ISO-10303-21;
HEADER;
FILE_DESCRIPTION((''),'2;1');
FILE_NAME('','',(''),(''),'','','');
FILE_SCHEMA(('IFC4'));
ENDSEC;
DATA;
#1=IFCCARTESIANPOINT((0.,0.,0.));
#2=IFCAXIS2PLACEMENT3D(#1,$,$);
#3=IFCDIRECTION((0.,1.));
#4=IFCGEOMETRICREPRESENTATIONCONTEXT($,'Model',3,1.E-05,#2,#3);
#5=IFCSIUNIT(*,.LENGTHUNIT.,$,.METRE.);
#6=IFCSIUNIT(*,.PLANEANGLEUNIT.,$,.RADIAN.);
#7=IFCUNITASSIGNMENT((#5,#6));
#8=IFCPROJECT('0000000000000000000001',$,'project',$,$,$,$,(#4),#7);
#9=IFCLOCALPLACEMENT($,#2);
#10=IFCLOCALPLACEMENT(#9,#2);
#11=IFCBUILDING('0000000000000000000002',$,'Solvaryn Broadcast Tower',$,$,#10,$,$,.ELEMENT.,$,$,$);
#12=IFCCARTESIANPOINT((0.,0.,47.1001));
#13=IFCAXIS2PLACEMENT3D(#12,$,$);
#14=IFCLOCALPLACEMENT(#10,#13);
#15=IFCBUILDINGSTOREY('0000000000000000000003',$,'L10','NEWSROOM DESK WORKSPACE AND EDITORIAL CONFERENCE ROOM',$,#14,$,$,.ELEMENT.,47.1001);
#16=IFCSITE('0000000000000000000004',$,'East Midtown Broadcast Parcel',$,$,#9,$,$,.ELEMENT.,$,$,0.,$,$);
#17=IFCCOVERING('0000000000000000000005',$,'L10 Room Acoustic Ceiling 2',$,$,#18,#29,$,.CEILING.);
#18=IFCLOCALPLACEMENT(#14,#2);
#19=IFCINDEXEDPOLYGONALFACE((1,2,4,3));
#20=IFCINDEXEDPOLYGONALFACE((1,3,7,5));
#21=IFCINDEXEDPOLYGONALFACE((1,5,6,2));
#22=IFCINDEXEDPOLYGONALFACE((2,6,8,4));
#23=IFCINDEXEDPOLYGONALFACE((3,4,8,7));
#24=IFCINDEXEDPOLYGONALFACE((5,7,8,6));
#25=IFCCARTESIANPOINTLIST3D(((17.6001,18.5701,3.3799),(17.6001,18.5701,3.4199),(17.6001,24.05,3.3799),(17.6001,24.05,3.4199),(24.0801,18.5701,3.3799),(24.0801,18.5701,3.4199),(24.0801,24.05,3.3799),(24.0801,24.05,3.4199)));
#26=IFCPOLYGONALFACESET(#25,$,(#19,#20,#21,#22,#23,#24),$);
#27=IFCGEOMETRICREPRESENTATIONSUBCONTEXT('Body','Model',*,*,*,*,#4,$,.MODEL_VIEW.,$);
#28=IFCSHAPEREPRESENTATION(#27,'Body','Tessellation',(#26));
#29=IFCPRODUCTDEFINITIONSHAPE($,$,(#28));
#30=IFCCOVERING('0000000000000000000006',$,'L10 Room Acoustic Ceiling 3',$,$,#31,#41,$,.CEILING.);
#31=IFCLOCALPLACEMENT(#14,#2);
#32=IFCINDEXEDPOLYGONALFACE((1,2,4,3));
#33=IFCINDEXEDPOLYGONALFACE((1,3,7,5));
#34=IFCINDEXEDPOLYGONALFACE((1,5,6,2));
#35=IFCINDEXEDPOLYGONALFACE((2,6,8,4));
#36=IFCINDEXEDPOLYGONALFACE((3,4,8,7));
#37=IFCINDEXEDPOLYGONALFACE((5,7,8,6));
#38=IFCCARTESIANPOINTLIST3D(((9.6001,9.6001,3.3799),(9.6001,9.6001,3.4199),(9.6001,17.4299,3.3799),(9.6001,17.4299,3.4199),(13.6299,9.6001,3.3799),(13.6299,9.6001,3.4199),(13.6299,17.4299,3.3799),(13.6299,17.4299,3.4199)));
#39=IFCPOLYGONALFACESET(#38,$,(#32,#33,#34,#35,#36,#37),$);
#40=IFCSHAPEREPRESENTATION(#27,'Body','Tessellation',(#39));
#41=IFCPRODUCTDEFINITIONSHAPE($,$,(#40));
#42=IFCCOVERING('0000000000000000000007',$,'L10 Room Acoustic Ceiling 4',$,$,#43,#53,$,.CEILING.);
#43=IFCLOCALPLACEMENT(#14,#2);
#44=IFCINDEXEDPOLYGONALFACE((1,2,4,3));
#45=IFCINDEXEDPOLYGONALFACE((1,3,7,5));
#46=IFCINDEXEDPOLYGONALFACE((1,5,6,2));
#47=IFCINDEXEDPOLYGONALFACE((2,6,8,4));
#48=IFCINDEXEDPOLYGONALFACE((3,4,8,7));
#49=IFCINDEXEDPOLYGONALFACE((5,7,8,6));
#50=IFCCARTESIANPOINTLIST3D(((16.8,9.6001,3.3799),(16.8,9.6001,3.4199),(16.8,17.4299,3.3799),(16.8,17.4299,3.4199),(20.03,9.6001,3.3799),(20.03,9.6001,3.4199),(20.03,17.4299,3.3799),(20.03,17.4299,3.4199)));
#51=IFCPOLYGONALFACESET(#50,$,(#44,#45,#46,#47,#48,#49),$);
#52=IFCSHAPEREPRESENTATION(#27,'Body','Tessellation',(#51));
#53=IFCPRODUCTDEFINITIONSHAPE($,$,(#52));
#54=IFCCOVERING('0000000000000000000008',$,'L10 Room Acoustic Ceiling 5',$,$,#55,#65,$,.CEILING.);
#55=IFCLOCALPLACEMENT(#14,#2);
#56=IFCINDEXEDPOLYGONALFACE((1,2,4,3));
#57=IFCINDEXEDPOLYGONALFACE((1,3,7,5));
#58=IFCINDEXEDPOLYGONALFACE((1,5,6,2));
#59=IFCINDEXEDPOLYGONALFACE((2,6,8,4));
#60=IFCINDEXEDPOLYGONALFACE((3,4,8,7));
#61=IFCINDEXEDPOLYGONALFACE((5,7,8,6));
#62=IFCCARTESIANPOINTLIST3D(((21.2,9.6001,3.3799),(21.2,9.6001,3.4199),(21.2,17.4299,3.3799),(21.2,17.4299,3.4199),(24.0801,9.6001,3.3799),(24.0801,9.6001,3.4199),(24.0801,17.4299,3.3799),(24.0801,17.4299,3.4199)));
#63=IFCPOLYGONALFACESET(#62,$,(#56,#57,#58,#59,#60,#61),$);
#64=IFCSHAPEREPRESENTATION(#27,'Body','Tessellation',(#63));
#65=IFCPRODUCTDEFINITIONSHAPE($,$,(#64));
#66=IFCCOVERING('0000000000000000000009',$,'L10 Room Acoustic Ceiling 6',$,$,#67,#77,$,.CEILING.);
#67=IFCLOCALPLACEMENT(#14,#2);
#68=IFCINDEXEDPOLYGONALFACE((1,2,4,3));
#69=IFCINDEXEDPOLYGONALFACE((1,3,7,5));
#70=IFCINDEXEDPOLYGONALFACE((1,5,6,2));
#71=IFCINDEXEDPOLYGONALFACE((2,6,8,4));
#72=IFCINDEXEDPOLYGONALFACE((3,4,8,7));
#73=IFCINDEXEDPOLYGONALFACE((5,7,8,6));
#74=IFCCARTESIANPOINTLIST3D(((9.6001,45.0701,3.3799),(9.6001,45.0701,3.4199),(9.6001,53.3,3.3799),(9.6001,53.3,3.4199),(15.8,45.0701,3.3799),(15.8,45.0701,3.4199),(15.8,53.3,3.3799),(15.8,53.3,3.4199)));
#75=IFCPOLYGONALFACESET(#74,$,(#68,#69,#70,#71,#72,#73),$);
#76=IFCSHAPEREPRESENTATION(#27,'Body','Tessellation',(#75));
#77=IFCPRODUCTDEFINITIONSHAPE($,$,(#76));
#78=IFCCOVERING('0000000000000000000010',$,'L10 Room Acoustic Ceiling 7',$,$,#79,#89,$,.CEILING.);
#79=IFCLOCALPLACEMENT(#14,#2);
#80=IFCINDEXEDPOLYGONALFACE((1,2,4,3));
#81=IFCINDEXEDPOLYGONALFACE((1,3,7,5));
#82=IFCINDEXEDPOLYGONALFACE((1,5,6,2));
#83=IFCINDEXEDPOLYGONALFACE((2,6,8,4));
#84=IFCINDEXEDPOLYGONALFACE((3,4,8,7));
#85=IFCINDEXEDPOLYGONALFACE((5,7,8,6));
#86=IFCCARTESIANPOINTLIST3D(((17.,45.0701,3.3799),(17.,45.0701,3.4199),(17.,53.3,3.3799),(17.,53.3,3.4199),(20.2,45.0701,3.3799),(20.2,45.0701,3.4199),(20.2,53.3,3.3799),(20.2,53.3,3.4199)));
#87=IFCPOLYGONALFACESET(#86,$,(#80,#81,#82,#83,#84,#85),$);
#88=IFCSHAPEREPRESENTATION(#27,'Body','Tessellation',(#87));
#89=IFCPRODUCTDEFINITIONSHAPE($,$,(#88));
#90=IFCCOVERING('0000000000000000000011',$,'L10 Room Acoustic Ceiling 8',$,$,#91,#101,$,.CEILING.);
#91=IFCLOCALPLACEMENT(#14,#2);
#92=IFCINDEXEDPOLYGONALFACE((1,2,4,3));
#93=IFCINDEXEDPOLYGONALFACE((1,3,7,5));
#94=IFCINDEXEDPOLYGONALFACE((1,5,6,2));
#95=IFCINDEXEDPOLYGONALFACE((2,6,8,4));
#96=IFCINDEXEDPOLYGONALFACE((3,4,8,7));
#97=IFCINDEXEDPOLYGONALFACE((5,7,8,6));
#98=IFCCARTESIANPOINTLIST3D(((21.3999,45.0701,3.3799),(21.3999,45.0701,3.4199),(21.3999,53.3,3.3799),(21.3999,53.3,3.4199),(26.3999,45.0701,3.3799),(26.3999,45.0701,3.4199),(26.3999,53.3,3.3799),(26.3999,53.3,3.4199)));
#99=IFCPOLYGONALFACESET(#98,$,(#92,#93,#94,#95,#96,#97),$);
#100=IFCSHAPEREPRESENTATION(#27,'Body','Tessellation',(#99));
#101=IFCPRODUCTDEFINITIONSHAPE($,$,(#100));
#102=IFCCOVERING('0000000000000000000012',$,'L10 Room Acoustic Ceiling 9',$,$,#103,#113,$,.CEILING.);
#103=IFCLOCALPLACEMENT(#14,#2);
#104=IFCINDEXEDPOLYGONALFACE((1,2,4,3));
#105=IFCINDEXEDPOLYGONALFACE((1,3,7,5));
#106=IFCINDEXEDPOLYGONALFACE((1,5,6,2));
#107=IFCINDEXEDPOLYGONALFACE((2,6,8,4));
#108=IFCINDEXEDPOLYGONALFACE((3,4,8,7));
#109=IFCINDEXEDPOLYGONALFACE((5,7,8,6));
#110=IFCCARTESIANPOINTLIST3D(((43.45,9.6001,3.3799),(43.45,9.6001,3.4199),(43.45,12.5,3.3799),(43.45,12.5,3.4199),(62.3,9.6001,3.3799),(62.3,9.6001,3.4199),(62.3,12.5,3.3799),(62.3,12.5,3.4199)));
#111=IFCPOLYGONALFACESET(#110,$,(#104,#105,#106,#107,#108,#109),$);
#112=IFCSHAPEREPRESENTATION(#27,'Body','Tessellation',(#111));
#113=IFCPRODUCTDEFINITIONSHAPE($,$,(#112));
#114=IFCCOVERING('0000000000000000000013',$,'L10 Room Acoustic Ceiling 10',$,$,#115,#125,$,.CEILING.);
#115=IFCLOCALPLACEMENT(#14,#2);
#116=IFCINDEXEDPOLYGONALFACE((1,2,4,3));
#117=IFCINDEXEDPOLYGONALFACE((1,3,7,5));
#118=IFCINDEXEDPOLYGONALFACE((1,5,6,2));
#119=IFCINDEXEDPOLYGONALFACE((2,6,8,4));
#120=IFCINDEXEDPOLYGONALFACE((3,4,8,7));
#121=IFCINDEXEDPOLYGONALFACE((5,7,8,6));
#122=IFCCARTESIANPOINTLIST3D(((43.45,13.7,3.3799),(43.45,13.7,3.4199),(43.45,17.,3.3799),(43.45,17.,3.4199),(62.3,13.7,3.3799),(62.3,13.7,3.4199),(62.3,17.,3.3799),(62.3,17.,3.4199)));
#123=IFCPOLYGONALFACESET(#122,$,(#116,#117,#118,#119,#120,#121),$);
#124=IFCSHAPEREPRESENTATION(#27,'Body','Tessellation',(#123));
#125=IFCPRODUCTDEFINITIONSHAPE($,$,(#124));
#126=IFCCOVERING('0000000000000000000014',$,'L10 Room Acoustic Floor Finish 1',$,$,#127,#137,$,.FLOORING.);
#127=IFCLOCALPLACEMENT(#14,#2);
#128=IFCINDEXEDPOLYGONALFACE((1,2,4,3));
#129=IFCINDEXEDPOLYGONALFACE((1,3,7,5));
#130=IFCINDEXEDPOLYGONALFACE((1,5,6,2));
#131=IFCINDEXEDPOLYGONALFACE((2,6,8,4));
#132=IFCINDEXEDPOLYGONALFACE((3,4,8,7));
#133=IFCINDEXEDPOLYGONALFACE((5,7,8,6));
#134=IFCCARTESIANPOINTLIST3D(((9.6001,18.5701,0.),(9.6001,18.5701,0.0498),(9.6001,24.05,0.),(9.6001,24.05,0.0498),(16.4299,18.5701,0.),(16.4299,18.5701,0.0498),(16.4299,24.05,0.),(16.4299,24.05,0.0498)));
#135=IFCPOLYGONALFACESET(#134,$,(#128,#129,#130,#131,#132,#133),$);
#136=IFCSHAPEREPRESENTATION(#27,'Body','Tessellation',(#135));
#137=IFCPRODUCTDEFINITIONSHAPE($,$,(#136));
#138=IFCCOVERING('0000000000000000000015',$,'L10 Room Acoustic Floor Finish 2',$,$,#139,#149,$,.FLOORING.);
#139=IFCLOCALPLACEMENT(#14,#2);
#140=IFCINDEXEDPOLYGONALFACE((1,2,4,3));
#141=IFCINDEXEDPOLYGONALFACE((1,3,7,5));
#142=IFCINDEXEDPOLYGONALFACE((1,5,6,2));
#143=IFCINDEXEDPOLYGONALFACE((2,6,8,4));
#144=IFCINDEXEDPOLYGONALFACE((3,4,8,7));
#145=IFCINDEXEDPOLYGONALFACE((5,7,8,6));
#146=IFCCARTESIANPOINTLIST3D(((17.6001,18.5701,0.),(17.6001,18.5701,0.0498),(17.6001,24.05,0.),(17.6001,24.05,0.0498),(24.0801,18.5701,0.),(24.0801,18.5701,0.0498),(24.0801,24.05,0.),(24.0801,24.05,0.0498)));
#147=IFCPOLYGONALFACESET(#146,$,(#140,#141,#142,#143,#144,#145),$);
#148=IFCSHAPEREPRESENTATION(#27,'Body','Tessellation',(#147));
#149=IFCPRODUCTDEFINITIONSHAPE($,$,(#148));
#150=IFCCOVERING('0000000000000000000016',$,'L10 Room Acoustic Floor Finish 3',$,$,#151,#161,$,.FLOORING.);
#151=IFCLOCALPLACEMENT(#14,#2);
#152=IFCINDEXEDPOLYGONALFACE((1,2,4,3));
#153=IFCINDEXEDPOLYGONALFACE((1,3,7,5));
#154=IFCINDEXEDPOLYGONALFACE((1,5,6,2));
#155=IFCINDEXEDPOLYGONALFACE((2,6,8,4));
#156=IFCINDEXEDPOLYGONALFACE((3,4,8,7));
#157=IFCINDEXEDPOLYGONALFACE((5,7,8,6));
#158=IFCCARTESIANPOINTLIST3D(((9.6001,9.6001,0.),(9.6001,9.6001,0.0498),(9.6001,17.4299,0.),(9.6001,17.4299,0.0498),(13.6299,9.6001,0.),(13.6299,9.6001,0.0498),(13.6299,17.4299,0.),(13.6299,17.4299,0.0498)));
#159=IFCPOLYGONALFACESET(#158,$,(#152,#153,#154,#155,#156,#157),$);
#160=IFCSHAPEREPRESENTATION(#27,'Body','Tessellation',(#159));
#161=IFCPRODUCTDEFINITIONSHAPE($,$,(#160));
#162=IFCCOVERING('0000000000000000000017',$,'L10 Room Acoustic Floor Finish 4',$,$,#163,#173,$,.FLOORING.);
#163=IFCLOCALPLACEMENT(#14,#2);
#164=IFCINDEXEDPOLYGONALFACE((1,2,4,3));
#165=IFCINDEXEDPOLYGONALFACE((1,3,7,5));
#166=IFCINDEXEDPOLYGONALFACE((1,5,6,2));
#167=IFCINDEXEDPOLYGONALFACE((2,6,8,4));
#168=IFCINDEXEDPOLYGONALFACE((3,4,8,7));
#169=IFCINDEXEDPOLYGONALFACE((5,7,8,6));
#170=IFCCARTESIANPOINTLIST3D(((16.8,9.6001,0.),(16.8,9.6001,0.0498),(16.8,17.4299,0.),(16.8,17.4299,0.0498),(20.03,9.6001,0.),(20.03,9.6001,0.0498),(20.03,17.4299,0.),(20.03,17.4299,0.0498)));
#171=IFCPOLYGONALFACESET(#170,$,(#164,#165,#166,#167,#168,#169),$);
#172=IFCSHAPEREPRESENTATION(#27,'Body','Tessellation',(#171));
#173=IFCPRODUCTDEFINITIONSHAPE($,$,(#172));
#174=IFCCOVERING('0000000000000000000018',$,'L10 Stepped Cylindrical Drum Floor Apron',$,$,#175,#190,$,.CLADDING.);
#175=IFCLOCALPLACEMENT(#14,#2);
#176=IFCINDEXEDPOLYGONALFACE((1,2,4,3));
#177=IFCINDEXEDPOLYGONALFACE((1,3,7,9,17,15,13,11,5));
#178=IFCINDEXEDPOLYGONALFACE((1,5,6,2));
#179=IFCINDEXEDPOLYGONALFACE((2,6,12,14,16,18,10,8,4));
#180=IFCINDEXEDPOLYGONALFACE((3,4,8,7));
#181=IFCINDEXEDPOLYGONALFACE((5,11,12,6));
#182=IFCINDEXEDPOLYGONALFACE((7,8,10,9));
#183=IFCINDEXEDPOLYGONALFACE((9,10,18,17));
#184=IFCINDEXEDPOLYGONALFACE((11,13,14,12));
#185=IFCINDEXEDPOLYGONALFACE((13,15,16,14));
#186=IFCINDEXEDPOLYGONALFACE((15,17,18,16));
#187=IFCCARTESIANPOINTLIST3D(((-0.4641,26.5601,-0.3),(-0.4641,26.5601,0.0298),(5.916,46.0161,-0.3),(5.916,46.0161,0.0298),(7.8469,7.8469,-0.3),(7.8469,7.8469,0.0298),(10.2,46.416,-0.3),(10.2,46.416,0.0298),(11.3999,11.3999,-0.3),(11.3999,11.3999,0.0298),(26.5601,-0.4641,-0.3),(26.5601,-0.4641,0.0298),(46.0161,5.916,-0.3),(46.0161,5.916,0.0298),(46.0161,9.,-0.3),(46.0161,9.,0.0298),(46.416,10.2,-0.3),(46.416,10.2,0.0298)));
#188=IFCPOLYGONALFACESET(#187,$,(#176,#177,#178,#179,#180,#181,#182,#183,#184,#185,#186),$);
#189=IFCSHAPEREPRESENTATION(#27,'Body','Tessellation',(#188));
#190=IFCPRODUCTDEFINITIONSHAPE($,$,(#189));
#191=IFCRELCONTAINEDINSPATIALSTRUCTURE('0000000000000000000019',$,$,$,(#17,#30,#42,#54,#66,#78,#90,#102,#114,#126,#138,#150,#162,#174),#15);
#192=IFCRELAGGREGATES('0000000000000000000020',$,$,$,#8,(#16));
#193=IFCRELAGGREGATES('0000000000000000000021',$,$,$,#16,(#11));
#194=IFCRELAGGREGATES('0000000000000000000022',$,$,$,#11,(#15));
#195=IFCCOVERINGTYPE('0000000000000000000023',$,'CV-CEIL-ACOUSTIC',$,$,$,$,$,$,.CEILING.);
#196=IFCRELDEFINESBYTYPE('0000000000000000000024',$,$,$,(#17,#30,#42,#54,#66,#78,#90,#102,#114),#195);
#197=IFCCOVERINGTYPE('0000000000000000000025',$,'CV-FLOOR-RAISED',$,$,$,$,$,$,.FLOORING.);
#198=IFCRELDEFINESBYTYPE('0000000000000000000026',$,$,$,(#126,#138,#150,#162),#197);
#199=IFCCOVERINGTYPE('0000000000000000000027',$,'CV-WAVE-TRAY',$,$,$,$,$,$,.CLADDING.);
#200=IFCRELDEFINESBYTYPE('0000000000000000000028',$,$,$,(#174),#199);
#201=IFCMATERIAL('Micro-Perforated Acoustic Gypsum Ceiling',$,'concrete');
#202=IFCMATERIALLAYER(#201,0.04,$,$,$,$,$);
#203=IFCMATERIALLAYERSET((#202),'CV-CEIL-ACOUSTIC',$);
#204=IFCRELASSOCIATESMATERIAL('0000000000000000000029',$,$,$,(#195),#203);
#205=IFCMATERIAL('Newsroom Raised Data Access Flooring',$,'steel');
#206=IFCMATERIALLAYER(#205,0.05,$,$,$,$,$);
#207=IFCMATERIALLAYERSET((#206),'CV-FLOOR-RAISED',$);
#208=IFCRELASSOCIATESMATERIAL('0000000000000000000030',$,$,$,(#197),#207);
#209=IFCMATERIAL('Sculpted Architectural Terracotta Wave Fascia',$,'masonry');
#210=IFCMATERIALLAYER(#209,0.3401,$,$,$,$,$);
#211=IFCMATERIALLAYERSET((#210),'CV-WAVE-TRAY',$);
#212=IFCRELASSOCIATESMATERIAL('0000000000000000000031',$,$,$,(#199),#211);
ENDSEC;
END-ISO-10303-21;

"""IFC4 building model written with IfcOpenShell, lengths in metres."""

from ifc_helpers import new_model, si_unit, direction, frame, origin, place, context, subcontext, project, spatial, polyline, outline, extrude, material, layer, layer_set, type_object, element, save


model = new_model("IFC4")

# Units and contexts
model_context = context("Model", 3, precision=1e-05, world=origin(), true_north=direction((0.0, 1.0)))
body_context = subcontext(model_context, "Body", "Model", "MODEL_VIEW")
ifc_project = project(units=[si_unit("LENGTHUNIT", "METRE"), si_unit("PLANEANGLEUNIT", "RADIAN")], contexts=[model_context])

# Site, building, storey
site_placement = place(None, origin())
site = spatial("IfcSite", under=ifc_project, at=site_placement, Name="East Midtown Broadcast Parcel", CompositionType="ELEMENT", RefElevation=0.0)
building_placement = place(site_placement, origin())
building = spatial("IfcBuilding", under=site, at=building_placement, Name="Solvaryn Broadcast Tower", CompositionType="ELEMENT")
storey_placement = place(building_placement, frame((0.0, 0.0, 47.1001)))
storey = spatial("IfcBuildingStorey", under=building, at=storey_placement, Name="L10", Description="NEWSROOM DESK WORKSPACE AND EDITORIAL CONFERENCE ROOM", CompositionType="ELEMENT", Elevation=47.1001)

# Coverings
ifc_material_1 = material(Name="Micro-Perforated Acoustic Gypsum Ceiling", Category="concrete")
ifc_layer_1 = layer(ifc_material_1, 0.04)
ifc_layer_set_1 = layer_set([ifc_layer_1], Name="CV-CEIL-ACOUSTIC")
covering_type_1 = type_object("IfcCoveringType", Name="CV-CEIL-ACOUSTIC", PredefinedType="CEILING", material=ifc_layer_set_1)
covering_1_placement = place(storey_placement, frame((0.0, 0.0, 3.3799)))
element("IfcCovering", 1, at=covering_1_placement, inside=storey, type_object=covering_type_1, Name="L10 Room Acoustic Ceiling 2", PredefinedType="CEILING", context=body_context, shape_type="SweptSolid", body=[
    extrude(outline(polyline([(17.6001, 18.5701), (24.0801, 18.5701), (24.0801, 24.05), (17.6001, 24.05), (17.6001, 18.5701)])), origin(), (0.0, 0.0, 1.0), 0.04),
])
covering_2_placement = place(storey_placement, frame((0.0, 0.0, 3.3799)))
element("IfcCovering", 2, at=covering_2_placement, inside=storey, type_object=covering_type_1, Name="L10 Room Acoustic Ceiling 3", PredefinedType="CEILING", context=body_context, shape_type="SweptSolid", body=[
    extrude(outline(polyline([(9.6001, 9.6001), (13.6299, 9.6001), (13.6299, 17.4299), (9.6001, 17.4299), (9.6001, 9.6001)])), origin(), (0.0, 0.0, 1.0), 0.04),
])
covering_3_placement = place(storey_placement, frame((0.0, 0.0, 3.3799)))
element("IfcCovering", 3, at=covering_3_placement, inside=storey, type_object=covering_type_1, Name="L10 Room Acoustic Ceiling 4", PredefinedType="CEILING", context=body_context, shape_type="SweptSolid", body=[
    extrude(outline(polyline([(16.8, 9.6001), (20.03, 9.6001), (20.03, 17.4299), (16.8, 17.4299), (16.8, 9.6001)])), origin(), (0.0, 0.0, 1.0), 0.04),
])
covering_4_placement = place(storey_placement, frame((0.0, 0.0, 3.3799)))
element("IfcCovering", 4, at=covering_4_placement, inside=storey, type_object=covering_type_1, Name="L10 Room Acoustic Ceiling 5", PredefinedType="CEILING", context=body_context, shape_type="SweptSolid", body=[
    extrude(outline(polyline([(21.2, 9.6001), (24.0801, 9.6001), (24.0801, 17.4299), (21.2, 17.4299), (21.2, 9.6001)])), origin(), (0.0, 0.0, 1.0), 0.04),
])
covering_5_placement = place(storey_placement, frame((0.0, 0.0, 3.3799)))
element("IfcCovering", 5, at=covering_5_placement, inside=storey, type_object=covering_type_1, Name="L10 Room Acoustic Ceiling 6", PredefinedType="CEILING", context=body_context, shape_type="SweptSolid", body=[
    extrude(outline(polyline([(9.6001, 45.0701), (15.8, 45.0701), (15.8, 53.3), (9.6001, 53.3), (9.6001, 45.0701)])), origin(), (0.0, 0.0, 1.0), 0.04),
])
covering_6_placement = place(storey_placement, frame((0.0, 0.0, 3.3799)))
element("IfcCovering", 6, at=covering_6_placement, inside=storey, type_object=covering_type_1, Name="L10 Room Acoustic Ceiling 7", PredefinedType="CEILING", context=body_context, shape_type="SweptSolid", body=[
    extrude(outline(polyline([(17.0, 45.0701), (20.2, 45.0701), (20.2, 53.3), (17.0, 53.3), (17.0, 45.0701)])), origin(), (0.0, 0.0, 1.0), 0.04),
])
covering_7_placement = place(storey_placement, frame((0.0, 0.0, 3.3799)))
element("IfcCovering", 7, at=covering_7_placement, inside=storey, type_object=covering_type_1, Name="L10 Room Acoustic Ceiling 8", PredefinedType="CEILING", context=body_context, shape_type="SweptSolid", body=[
    extrude(outline(polyline([(21.3999, 45.0701), (26.3999, 45.0701), (26.3999, 53.3), (21.3999, 53.3), (21.3999, 45.0701)])), origin(), (0.0, 0.0, 1.0), 0.04),
])
covering_8_placement = place(storey_placement, frame((0.0, 0.0, 3.3799)))
element("IfcCovering", 8, at=covering_8_placement, inside=storey, type_object=covering_type_1, Name="L10 Room Acoustic Ceiling 9", PredefinedType="CEILING", context=body_context, shape_type="SweptSolid", body=[
    extrude(outline(polyline([(43.45, 9.6001), (62.3, 9.6001), (62.3, 12.5), (43.45, 12.5), (43.45, 9.6001)])), origin(), (0.0, 0.0, 1.0), 0.04),
])
covering_9_placement = place(storey_placement, frame((0.0, 0.0, 3.3799)))
element("IfcCovering", 9, at=covering_9_placement, inside=storey, type_object=covering_type_1, Name="L10 Room Acoustic Ceiling 10", PredefinedType="CEILING", context=body_context, shape_type="SweptSolid", body=[
    extrude(outline(polyline([(43.45, 13.7), (62.3, 13.7), (62.3, 17.0), (43.45, 17.0), (43.45, 13.7)])), origin(), (0.0, 0.0, 1.0), 0.04),
])
ifc_material_2 = material(Name="Newsroom Raised Data Access Flooring", Category="steel")
ifc_layer_2 = layer(ifc_material_2, 0.05)
ifc_layer_set_2 = layer_set([ifc_layer_2], Name="CV-FLOOR-RAISED")
covering_type_2 = type_object("IfcCoveringType", Name="CV-FLOOR-RAISED", PredefinedType="FLOORING", material=ifc_layer_set_2)
covering_10_placement = place(storey_placement, origin())
element("IfcCovering", 10, at=covering_10_placement, inside=storey, type_object=covering_type_2, Name="L10 Room Acoustic Floor Finish 1", PredefinedType="FLOORING", context=body_context, shape_type="SweptSolid", body=[
    extrude(outline(polyline([(9.6001, 18.5701), (16.4299, 18.5701), (16.4299, 24.05), (9.6001, 24.05), (9.6001, 18.5701)])), origin(), (0.0, 0.0, 1.0), 0.0498),
])
covering_11_placement = place(storey_placement, origin())
element("IfcCovering", 11, at=covering_11_placement, inside=storey, type_object=covering_type_2, Name="L10 Room Acoustic Floor Finish 2", PredefinedType="FLOORING", context=body_context, shape_type="SweptSolid", body=[
    extrude(outline(polyline([(17.6001, 18.5701), (24.0801, 18.5701), (24.0801, 24.05), (17.6001, 24.05), (17.6001, 18.5701)])), origin(), (0.0, 0.0, 1.0), 0.0498),
])
covering_12_placement = place(storey_placement, origin())
element("IfcCovering", 12, at=covering_12_placement, inside=storey, type_object=covering_type_2, Name="L10 Room Acoustic Floor Finish 3", PredefinedType="FLOORING", context=body_context, shape_type="SweptSolid", body=[
    extrude(outline(polyline([(9.6001, 9.6001), (13.6299, 9.6001), (13.6299, 17.4299), (9.6001, 17.4299), (9.6001, 9.6001)])), origin(), (0.0, 0.0, 1.0), 0.0498),
])
covering_13_placement = place(storey_placement, origin())
element("IfcCovering", 13, at=covering_13_placement, inside=storey, type_object=covering_type_2, Name="L10 Room Acoustic Floor Finish 4", PredefinedType="FLOORING", context=body_context, shape_type="SweptSolid", body=[
    extrude(outline(polyline([(16.8, 9.6001), (20.03, 9.6001), (20.03, 17.4299), (16.8, 17.4299), (16.8, 9.6001)])), origin(), (0.0, 0.0, 1.0), 0.0498),
])
ifc_material_3 = material(Name="Sculpted Architectural Terracotta Wave Fascia", Category="masonry")
ifc_layer_3 = layer(ifc_material_3, 0.3401)
ifc_layer_set_3 = layer_set([ifc_layer_3], Name="CV-WAVE-TRAY")
covering_type_3 = type_object("IfcCoveringType", Name="CV-WAVE-TRAY", PredefinedType="CLADDING", material=ifc_layer_set_3)
covering_14_placement = place(storey_placement, frame((0.0, 0.0, -0.3)))
element("IfcCovering", 14, at=covering_14_placement, inside=storey, type_object=covering_type_3, Name="L10 Stepped Cylindrical Drum Floor Apron", PredefinedType="CLADDING", context=body_context, shape_type="SweptSolid", body=[
    extrude(outline(polyline([(10.2, 46.416), (5.916, 46.0161), (-0.4641, 26.5601), (7.8469, 7.8469), (26.5601, -0.4641), (46.0161, 5.916), (46.0161, 9.0), (46.416, 10.2), (11.3999, 11.3999), (10.2, 46.416)])), origin(), (0.0, 0.0, 1.0), 0.3298),
])

save(model, "model.ifc")
